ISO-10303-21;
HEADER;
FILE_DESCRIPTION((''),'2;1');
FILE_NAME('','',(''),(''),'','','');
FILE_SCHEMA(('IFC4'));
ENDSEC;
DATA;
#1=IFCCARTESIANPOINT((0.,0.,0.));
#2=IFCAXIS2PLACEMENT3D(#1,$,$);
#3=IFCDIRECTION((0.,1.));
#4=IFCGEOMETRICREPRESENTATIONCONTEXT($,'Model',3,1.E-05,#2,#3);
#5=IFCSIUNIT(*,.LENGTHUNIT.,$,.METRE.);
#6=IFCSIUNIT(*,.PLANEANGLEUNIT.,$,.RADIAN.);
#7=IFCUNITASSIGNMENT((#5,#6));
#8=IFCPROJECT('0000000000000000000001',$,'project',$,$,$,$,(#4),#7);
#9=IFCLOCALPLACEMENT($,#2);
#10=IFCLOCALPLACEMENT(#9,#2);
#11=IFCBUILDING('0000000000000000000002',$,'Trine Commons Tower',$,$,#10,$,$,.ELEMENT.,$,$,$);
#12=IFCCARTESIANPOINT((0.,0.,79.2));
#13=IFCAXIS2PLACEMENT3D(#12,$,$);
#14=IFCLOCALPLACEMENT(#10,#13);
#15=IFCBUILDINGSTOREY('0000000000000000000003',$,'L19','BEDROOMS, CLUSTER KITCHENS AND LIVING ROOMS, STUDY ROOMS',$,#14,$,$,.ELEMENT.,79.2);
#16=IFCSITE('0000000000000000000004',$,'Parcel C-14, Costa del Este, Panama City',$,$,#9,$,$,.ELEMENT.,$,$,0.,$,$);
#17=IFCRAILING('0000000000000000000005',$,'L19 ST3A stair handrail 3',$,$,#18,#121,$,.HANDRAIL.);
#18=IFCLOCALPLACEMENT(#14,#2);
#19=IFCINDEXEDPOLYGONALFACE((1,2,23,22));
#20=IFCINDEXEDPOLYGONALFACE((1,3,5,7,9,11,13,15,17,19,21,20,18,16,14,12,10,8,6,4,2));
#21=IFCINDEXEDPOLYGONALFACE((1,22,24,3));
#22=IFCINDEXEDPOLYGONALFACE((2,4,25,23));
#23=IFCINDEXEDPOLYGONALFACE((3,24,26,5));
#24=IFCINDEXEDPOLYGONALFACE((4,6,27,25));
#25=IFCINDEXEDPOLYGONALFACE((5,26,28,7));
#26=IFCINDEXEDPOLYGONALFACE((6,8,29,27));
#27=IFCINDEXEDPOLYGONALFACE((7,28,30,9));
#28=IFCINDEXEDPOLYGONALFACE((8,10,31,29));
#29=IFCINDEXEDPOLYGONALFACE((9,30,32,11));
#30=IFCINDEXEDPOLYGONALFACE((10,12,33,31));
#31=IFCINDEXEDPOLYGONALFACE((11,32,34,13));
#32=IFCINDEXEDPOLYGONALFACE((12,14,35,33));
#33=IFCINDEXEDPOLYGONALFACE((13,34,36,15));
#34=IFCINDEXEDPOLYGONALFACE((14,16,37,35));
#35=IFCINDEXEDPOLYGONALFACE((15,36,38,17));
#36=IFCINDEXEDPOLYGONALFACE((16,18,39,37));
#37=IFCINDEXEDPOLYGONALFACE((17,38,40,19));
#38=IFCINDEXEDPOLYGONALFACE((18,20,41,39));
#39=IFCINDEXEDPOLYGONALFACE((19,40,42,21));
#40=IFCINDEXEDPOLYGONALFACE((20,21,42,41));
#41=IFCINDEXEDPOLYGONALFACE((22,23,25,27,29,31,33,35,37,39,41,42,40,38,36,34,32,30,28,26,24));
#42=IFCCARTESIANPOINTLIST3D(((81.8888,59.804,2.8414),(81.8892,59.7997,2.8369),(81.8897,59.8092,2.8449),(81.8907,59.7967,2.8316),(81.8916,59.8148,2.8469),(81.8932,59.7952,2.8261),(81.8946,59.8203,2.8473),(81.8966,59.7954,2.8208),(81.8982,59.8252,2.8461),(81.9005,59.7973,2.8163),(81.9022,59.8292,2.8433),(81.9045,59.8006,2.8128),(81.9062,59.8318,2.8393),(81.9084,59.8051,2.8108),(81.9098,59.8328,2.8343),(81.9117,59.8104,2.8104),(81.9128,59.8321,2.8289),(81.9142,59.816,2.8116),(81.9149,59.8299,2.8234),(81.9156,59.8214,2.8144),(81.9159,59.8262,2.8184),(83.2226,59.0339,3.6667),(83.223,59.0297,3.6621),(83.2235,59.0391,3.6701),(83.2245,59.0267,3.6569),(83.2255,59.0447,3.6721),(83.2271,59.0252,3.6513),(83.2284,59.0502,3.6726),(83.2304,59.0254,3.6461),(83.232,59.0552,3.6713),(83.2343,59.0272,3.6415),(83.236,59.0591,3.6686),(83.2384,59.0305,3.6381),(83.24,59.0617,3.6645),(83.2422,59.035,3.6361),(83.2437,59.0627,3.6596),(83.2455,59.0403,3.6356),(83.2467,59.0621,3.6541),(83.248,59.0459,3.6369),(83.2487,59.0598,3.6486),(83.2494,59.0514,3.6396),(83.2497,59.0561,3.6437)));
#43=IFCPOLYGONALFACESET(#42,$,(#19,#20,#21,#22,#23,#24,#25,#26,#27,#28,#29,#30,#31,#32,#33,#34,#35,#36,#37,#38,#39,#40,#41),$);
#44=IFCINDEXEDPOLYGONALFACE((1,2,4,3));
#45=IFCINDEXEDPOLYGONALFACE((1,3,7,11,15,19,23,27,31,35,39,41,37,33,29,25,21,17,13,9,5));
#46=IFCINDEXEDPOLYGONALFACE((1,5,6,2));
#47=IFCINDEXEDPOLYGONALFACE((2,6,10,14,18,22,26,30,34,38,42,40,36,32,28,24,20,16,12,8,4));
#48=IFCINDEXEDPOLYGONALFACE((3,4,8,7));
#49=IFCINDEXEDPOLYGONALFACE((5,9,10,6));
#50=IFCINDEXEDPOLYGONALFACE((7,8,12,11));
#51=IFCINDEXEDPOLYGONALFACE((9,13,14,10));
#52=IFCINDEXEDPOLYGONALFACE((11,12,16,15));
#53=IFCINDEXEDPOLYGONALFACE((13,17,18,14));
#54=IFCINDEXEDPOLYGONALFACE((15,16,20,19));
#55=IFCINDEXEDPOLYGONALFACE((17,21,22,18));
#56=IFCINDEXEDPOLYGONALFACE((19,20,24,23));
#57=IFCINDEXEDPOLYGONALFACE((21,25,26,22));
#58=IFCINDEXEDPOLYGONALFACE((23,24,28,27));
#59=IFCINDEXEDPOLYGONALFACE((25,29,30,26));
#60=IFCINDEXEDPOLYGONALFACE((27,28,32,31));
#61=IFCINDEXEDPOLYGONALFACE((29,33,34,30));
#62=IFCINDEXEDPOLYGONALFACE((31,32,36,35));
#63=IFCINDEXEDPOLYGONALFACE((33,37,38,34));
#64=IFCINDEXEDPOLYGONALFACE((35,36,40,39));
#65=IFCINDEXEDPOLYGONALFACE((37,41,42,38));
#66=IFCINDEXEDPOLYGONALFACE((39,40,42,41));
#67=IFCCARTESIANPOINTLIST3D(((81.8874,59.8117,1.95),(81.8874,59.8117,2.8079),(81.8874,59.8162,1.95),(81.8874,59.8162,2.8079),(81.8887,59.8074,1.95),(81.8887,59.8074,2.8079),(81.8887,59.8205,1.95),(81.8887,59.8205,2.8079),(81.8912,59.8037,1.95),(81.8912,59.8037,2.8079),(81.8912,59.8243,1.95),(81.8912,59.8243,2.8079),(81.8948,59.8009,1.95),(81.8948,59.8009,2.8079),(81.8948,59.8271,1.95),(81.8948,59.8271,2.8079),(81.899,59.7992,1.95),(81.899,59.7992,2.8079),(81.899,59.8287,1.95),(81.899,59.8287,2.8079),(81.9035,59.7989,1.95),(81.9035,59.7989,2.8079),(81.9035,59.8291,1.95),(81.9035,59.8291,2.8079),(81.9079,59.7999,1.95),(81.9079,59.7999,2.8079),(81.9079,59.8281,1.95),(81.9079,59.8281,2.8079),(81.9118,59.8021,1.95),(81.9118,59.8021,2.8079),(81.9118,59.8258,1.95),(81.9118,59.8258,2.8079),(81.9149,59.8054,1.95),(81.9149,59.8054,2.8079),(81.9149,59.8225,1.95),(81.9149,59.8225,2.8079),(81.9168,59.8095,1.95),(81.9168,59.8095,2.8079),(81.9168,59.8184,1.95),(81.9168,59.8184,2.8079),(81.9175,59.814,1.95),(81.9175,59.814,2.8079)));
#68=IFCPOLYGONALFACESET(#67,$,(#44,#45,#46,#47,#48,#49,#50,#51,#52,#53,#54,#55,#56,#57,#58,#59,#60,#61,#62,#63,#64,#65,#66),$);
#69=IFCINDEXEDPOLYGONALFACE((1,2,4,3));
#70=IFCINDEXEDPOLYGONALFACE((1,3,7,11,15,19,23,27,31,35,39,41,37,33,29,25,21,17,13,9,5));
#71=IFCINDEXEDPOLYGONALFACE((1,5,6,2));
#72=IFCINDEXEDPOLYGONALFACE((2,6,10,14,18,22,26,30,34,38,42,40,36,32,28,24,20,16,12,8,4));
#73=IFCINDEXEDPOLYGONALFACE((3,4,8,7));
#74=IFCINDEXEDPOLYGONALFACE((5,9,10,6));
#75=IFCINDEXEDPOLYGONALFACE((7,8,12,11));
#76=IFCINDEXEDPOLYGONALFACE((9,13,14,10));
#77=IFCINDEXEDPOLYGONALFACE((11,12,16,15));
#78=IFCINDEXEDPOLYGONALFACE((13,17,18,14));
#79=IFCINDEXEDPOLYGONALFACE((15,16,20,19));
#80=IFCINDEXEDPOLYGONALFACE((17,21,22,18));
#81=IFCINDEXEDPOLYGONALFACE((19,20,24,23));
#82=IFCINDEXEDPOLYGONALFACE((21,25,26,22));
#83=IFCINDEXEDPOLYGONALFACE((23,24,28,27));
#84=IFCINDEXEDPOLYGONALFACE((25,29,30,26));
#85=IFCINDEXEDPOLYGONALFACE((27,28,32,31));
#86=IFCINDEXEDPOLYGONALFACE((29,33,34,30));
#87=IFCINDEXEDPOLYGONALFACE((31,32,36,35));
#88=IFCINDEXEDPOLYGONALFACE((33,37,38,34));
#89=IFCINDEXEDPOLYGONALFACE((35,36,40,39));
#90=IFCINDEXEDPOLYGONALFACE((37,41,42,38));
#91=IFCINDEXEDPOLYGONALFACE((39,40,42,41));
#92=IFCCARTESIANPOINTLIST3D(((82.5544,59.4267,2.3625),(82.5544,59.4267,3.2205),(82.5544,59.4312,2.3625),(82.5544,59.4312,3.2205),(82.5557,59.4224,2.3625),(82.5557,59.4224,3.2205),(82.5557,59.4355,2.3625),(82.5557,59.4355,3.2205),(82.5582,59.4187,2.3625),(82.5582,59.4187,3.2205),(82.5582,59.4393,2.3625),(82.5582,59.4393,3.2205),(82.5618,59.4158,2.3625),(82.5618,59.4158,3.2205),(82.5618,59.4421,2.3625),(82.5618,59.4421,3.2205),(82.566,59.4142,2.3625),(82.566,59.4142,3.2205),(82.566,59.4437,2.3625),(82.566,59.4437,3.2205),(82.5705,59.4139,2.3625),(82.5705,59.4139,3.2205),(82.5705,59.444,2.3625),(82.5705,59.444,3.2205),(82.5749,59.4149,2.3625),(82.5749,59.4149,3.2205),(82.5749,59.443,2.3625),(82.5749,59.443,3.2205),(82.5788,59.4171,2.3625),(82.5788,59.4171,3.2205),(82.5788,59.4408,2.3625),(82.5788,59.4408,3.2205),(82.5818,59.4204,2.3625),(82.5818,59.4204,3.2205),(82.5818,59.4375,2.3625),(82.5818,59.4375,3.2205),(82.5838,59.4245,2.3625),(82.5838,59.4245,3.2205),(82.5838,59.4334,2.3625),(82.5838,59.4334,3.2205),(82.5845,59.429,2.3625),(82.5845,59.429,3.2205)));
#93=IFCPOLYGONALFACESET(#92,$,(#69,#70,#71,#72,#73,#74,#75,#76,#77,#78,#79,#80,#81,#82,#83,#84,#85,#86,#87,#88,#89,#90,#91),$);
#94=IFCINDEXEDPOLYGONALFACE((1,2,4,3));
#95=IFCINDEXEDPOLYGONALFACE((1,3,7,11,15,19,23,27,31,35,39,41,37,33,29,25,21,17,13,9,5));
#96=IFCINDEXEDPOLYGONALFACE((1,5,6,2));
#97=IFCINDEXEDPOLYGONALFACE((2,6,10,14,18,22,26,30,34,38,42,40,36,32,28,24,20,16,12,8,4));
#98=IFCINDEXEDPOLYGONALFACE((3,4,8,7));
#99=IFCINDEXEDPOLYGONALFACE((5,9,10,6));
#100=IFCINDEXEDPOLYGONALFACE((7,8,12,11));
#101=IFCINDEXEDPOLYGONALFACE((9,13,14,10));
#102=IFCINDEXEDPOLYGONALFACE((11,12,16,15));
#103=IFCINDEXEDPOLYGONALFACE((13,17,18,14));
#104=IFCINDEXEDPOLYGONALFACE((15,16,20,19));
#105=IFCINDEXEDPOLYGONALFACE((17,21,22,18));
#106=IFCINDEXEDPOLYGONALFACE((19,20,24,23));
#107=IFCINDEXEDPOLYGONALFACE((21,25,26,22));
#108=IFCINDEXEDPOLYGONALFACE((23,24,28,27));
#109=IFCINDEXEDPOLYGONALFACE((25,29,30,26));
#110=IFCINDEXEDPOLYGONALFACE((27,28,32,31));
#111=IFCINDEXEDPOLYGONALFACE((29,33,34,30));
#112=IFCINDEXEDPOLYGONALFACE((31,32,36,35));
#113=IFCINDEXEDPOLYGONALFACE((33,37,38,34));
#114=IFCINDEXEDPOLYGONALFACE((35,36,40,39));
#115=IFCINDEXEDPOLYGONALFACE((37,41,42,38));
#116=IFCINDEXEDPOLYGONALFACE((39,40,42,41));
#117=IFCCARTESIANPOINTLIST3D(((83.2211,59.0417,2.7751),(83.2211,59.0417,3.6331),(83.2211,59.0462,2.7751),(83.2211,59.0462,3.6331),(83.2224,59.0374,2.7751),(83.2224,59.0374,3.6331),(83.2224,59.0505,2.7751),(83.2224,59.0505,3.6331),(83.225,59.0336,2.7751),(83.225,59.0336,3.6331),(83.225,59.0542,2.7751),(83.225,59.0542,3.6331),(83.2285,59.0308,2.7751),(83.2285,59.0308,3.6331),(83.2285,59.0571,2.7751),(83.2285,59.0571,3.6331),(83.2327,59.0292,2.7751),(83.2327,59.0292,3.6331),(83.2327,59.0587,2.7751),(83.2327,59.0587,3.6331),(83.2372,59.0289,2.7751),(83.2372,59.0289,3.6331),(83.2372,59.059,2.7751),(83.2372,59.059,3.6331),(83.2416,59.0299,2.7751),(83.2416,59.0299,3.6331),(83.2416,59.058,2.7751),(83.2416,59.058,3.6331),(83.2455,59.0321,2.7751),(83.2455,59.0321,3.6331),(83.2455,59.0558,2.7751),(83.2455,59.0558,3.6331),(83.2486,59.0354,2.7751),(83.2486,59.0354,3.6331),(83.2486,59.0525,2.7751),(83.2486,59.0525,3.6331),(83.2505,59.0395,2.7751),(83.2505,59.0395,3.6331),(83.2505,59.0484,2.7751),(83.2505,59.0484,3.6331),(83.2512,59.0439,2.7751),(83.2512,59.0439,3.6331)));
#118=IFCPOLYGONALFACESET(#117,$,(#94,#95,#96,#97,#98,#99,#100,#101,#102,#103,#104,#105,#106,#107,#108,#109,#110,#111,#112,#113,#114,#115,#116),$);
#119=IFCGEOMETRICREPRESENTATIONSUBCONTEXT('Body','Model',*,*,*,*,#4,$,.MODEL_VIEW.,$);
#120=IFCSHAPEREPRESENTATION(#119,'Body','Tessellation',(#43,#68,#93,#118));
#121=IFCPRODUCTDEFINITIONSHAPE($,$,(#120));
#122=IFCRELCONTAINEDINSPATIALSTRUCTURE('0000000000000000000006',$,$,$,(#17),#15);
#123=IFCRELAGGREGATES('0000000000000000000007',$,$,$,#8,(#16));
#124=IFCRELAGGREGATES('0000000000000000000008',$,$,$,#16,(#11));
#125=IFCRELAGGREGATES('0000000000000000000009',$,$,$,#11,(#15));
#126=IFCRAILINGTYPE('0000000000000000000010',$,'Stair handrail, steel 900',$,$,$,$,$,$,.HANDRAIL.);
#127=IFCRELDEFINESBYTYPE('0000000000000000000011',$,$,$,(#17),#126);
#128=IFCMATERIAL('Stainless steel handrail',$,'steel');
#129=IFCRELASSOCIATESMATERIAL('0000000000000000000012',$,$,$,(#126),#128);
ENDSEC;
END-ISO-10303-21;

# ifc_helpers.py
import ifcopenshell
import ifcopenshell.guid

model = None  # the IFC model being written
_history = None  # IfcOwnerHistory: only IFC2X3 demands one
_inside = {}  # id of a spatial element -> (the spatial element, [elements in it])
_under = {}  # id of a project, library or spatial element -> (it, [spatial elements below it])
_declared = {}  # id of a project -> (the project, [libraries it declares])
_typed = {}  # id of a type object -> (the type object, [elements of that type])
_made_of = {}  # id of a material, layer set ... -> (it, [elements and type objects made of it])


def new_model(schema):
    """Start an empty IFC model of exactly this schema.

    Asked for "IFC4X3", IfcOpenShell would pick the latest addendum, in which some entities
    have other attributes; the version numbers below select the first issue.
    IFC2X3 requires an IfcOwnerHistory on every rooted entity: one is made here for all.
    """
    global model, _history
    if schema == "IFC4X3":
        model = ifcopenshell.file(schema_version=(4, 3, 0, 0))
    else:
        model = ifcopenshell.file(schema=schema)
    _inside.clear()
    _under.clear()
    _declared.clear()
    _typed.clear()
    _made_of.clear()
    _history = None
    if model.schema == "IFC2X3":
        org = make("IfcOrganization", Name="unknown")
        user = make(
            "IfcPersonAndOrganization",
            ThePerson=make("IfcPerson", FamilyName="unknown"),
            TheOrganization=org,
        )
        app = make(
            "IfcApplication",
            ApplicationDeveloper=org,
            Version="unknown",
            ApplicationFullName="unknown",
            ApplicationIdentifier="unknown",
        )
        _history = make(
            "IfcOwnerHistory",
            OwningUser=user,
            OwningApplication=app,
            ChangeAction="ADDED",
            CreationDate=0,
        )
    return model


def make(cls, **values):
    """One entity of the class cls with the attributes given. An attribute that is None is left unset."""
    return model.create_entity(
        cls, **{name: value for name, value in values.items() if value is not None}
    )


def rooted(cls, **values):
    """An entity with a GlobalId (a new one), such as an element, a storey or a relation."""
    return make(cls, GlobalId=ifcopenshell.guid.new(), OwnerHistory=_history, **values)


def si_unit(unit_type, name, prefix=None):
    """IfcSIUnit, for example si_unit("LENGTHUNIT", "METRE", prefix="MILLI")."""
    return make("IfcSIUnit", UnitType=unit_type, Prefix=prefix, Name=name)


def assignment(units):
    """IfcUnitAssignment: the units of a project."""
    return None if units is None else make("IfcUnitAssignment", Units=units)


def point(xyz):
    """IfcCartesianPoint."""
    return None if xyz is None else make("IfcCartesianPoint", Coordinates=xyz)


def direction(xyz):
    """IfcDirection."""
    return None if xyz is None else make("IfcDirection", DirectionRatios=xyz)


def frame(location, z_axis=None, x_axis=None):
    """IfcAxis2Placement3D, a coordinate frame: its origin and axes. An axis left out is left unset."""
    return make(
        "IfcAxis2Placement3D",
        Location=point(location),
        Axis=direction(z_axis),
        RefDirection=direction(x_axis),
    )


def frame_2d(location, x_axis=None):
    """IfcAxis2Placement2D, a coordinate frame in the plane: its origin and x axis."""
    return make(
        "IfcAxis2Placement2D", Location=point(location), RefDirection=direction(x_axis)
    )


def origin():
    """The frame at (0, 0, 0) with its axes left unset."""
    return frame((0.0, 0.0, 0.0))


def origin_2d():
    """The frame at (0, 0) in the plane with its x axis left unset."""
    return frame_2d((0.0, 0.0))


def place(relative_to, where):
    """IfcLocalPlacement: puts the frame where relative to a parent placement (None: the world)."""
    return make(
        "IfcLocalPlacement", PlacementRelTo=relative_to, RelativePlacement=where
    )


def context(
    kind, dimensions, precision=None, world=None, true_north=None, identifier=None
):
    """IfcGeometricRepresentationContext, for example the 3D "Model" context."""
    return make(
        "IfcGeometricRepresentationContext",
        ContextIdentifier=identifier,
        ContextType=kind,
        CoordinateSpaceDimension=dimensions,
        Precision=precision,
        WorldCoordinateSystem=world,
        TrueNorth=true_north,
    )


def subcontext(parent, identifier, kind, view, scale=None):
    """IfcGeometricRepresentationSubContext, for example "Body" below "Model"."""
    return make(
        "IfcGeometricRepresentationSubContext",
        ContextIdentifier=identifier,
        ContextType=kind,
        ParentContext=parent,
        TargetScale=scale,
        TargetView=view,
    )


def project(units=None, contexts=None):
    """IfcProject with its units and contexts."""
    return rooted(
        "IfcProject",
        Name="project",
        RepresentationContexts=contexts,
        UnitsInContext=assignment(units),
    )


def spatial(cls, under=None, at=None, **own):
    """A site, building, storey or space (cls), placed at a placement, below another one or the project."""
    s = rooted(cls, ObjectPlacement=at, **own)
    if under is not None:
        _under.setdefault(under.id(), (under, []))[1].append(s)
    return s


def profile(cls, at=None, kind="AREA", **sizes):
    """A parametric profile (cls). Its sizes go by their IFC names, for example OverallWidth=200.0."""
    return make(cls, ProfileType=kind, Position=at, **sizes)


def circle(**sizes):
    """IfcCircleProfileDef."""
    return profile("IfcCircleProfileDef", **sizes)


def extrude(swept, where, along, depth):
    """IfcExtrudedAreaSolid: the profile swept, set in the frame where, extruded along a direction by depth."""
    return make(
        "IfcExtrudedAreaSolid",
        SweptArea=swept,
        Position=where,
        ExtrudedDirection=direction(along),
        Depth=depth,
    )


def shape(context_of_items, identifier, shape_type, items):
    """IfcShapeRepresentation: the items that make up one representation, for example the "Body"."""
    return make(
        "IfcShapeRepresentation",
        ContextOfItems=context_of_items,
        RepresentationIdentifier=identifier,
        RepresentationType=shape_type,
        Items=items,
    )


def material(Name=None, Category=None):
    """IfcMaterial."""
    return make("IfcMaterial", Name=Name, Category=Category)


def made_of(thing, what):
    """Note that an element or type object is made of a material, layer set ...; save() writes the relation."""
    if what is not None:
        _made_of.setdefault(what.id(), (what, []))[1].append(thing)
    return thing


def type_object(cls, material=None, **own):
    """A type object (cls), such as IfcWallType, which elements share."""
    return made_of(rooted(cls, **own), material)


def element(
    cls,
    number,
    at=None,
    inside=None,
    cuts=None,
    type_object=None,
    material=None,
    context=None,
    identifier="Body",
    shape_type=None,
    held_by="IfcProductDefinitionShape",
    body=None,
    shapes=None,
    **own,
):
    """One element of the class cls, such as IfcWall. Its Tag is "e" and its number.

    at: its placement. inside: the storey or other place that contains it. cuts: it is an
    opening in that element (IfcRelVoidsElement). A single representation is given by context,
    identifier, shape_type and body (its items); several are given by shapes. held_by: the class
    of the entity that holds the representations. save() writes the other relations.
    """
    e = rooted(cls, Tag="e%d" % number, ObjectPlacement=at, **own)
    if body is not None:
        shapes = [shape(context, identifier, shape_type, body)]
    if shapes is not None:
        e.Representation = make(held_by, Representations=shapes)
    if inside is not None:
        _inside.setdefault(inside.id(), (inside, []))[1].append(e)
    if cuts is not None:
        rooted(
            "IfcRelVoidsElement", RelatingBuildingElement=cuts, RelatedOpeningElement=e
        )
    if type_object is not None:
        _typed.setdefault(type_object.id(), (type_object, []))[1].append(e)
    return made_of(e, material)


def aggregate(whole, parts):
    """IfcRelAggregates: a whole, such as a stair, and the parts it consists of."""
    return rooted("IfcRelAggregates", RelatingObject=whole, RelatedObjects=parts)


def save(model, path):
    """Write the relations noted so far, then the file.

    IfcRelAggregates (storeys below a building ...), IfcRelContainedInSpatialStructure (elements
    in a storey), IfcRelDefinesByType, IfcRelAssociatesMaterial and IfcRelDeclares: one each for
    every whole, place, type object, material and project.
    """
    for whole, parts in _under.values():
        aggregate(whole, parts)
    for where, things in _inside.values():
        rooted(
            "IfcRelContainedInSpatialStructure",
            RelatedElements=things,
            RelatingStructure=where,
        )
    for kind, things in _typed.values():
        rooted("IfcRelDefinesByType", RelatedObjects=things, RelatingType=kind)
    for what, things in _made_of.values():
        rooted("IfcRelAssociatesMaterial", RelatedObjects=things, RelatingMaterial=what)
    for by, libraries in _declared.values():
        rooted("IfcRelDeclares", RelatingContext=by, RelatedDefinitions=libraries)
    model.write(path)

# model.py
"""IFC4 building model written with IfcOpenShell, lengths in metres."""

from ifc_helpers import new_model, si_unit, direction, frame, origin, origin_2d, place, context, subcontext, project, spatial, circle, extrude, material, type_object, element, save


model = new_model("IFC4")

# Units and contexts
model_context = context("Model", 3, precision=1e-05, world=origin(), true_north=direction((0.0, 1.0)))
body_context = subcontext(model_context, "Body", "Model", "MODEL_VIEW")
ifc_project = project(units=[si_unit("LENGTHUNIT", "METRE"), si_unit("PLANEANGLEUNIT", "RADIAN")], contexts=[model_context])

# Site, building, storey
site_placement = place(None, origin())
site = spatial("IfcSite", under=ifc_project, at=site_placement, Name="Parcel C-14, Costa del Este, Panama City", CompositionType="ELEMENT", RefElevation=0.0)
building_placement = place(site_placement, origin())
building = spatial("IfcBuilding", under=site, at=building_placement, Name="Trine Commons Tower", CompositionType="ELEMENT")
storey_placement = place(building_placement, frame((0.0, 0.0, 79.2)))
storey = spatial("IfcBuildingStorey", under=building, at=storey_placement, Name="L19", Description="BEDROOMS, CLUSTER KITCHENS AND LIVING ROOMS, STUDY ROOMS", CompositionType="ELEMENT", Elevation=79.2)

# Railing
ifc_material_1 = material(Name="Stainless steel handrail", Category="steel")
railing_type_1 = type_object("IfcRailingType", Name="Stair handrail, steel 900", PredefinedType="HANDRAIL", material=ifc_material_1)
railing_1_placement = place(storey_placement, frame((81.9023, 59.814, 1.95)))
element("IfcRailing", 1, at=railing_1_placement, inside=storey, type_object=railing_type_1, Name="L19 ST3A stair handrail 3", PredefinedType="HANDRAIL", context=body_context, shape_type="SweptSolid", body=[
    extrude(circle(Radius=0.021, at=origin_2d()), frame((0.0, 0.0, 0.8789), z_axis=(0.763355, -0.440714, 0.472293), x_axis=(0.499992, 0.86603, 0.0)), (0.0, 0.0, 1.0), 1.7473),
    extrude(circle(Radius=0.0151, at=origin_2d()), origin(), (0.0, 0.0, 1.0), 0.8579),
    extrude(circle(Radius=0.0151, at=origin_2d()), frame((0.667, -0.385, 0.4126)), (0.0, 0.0, 1.0), 0.8579),
    extrude(circle(Radius=0.0151, at=origin_2d()), frame((1.3337, -0.77, 0.8252)), (0.0, 0.0, 1.0), 0.8579),
])

save(model, "model.ifc")
